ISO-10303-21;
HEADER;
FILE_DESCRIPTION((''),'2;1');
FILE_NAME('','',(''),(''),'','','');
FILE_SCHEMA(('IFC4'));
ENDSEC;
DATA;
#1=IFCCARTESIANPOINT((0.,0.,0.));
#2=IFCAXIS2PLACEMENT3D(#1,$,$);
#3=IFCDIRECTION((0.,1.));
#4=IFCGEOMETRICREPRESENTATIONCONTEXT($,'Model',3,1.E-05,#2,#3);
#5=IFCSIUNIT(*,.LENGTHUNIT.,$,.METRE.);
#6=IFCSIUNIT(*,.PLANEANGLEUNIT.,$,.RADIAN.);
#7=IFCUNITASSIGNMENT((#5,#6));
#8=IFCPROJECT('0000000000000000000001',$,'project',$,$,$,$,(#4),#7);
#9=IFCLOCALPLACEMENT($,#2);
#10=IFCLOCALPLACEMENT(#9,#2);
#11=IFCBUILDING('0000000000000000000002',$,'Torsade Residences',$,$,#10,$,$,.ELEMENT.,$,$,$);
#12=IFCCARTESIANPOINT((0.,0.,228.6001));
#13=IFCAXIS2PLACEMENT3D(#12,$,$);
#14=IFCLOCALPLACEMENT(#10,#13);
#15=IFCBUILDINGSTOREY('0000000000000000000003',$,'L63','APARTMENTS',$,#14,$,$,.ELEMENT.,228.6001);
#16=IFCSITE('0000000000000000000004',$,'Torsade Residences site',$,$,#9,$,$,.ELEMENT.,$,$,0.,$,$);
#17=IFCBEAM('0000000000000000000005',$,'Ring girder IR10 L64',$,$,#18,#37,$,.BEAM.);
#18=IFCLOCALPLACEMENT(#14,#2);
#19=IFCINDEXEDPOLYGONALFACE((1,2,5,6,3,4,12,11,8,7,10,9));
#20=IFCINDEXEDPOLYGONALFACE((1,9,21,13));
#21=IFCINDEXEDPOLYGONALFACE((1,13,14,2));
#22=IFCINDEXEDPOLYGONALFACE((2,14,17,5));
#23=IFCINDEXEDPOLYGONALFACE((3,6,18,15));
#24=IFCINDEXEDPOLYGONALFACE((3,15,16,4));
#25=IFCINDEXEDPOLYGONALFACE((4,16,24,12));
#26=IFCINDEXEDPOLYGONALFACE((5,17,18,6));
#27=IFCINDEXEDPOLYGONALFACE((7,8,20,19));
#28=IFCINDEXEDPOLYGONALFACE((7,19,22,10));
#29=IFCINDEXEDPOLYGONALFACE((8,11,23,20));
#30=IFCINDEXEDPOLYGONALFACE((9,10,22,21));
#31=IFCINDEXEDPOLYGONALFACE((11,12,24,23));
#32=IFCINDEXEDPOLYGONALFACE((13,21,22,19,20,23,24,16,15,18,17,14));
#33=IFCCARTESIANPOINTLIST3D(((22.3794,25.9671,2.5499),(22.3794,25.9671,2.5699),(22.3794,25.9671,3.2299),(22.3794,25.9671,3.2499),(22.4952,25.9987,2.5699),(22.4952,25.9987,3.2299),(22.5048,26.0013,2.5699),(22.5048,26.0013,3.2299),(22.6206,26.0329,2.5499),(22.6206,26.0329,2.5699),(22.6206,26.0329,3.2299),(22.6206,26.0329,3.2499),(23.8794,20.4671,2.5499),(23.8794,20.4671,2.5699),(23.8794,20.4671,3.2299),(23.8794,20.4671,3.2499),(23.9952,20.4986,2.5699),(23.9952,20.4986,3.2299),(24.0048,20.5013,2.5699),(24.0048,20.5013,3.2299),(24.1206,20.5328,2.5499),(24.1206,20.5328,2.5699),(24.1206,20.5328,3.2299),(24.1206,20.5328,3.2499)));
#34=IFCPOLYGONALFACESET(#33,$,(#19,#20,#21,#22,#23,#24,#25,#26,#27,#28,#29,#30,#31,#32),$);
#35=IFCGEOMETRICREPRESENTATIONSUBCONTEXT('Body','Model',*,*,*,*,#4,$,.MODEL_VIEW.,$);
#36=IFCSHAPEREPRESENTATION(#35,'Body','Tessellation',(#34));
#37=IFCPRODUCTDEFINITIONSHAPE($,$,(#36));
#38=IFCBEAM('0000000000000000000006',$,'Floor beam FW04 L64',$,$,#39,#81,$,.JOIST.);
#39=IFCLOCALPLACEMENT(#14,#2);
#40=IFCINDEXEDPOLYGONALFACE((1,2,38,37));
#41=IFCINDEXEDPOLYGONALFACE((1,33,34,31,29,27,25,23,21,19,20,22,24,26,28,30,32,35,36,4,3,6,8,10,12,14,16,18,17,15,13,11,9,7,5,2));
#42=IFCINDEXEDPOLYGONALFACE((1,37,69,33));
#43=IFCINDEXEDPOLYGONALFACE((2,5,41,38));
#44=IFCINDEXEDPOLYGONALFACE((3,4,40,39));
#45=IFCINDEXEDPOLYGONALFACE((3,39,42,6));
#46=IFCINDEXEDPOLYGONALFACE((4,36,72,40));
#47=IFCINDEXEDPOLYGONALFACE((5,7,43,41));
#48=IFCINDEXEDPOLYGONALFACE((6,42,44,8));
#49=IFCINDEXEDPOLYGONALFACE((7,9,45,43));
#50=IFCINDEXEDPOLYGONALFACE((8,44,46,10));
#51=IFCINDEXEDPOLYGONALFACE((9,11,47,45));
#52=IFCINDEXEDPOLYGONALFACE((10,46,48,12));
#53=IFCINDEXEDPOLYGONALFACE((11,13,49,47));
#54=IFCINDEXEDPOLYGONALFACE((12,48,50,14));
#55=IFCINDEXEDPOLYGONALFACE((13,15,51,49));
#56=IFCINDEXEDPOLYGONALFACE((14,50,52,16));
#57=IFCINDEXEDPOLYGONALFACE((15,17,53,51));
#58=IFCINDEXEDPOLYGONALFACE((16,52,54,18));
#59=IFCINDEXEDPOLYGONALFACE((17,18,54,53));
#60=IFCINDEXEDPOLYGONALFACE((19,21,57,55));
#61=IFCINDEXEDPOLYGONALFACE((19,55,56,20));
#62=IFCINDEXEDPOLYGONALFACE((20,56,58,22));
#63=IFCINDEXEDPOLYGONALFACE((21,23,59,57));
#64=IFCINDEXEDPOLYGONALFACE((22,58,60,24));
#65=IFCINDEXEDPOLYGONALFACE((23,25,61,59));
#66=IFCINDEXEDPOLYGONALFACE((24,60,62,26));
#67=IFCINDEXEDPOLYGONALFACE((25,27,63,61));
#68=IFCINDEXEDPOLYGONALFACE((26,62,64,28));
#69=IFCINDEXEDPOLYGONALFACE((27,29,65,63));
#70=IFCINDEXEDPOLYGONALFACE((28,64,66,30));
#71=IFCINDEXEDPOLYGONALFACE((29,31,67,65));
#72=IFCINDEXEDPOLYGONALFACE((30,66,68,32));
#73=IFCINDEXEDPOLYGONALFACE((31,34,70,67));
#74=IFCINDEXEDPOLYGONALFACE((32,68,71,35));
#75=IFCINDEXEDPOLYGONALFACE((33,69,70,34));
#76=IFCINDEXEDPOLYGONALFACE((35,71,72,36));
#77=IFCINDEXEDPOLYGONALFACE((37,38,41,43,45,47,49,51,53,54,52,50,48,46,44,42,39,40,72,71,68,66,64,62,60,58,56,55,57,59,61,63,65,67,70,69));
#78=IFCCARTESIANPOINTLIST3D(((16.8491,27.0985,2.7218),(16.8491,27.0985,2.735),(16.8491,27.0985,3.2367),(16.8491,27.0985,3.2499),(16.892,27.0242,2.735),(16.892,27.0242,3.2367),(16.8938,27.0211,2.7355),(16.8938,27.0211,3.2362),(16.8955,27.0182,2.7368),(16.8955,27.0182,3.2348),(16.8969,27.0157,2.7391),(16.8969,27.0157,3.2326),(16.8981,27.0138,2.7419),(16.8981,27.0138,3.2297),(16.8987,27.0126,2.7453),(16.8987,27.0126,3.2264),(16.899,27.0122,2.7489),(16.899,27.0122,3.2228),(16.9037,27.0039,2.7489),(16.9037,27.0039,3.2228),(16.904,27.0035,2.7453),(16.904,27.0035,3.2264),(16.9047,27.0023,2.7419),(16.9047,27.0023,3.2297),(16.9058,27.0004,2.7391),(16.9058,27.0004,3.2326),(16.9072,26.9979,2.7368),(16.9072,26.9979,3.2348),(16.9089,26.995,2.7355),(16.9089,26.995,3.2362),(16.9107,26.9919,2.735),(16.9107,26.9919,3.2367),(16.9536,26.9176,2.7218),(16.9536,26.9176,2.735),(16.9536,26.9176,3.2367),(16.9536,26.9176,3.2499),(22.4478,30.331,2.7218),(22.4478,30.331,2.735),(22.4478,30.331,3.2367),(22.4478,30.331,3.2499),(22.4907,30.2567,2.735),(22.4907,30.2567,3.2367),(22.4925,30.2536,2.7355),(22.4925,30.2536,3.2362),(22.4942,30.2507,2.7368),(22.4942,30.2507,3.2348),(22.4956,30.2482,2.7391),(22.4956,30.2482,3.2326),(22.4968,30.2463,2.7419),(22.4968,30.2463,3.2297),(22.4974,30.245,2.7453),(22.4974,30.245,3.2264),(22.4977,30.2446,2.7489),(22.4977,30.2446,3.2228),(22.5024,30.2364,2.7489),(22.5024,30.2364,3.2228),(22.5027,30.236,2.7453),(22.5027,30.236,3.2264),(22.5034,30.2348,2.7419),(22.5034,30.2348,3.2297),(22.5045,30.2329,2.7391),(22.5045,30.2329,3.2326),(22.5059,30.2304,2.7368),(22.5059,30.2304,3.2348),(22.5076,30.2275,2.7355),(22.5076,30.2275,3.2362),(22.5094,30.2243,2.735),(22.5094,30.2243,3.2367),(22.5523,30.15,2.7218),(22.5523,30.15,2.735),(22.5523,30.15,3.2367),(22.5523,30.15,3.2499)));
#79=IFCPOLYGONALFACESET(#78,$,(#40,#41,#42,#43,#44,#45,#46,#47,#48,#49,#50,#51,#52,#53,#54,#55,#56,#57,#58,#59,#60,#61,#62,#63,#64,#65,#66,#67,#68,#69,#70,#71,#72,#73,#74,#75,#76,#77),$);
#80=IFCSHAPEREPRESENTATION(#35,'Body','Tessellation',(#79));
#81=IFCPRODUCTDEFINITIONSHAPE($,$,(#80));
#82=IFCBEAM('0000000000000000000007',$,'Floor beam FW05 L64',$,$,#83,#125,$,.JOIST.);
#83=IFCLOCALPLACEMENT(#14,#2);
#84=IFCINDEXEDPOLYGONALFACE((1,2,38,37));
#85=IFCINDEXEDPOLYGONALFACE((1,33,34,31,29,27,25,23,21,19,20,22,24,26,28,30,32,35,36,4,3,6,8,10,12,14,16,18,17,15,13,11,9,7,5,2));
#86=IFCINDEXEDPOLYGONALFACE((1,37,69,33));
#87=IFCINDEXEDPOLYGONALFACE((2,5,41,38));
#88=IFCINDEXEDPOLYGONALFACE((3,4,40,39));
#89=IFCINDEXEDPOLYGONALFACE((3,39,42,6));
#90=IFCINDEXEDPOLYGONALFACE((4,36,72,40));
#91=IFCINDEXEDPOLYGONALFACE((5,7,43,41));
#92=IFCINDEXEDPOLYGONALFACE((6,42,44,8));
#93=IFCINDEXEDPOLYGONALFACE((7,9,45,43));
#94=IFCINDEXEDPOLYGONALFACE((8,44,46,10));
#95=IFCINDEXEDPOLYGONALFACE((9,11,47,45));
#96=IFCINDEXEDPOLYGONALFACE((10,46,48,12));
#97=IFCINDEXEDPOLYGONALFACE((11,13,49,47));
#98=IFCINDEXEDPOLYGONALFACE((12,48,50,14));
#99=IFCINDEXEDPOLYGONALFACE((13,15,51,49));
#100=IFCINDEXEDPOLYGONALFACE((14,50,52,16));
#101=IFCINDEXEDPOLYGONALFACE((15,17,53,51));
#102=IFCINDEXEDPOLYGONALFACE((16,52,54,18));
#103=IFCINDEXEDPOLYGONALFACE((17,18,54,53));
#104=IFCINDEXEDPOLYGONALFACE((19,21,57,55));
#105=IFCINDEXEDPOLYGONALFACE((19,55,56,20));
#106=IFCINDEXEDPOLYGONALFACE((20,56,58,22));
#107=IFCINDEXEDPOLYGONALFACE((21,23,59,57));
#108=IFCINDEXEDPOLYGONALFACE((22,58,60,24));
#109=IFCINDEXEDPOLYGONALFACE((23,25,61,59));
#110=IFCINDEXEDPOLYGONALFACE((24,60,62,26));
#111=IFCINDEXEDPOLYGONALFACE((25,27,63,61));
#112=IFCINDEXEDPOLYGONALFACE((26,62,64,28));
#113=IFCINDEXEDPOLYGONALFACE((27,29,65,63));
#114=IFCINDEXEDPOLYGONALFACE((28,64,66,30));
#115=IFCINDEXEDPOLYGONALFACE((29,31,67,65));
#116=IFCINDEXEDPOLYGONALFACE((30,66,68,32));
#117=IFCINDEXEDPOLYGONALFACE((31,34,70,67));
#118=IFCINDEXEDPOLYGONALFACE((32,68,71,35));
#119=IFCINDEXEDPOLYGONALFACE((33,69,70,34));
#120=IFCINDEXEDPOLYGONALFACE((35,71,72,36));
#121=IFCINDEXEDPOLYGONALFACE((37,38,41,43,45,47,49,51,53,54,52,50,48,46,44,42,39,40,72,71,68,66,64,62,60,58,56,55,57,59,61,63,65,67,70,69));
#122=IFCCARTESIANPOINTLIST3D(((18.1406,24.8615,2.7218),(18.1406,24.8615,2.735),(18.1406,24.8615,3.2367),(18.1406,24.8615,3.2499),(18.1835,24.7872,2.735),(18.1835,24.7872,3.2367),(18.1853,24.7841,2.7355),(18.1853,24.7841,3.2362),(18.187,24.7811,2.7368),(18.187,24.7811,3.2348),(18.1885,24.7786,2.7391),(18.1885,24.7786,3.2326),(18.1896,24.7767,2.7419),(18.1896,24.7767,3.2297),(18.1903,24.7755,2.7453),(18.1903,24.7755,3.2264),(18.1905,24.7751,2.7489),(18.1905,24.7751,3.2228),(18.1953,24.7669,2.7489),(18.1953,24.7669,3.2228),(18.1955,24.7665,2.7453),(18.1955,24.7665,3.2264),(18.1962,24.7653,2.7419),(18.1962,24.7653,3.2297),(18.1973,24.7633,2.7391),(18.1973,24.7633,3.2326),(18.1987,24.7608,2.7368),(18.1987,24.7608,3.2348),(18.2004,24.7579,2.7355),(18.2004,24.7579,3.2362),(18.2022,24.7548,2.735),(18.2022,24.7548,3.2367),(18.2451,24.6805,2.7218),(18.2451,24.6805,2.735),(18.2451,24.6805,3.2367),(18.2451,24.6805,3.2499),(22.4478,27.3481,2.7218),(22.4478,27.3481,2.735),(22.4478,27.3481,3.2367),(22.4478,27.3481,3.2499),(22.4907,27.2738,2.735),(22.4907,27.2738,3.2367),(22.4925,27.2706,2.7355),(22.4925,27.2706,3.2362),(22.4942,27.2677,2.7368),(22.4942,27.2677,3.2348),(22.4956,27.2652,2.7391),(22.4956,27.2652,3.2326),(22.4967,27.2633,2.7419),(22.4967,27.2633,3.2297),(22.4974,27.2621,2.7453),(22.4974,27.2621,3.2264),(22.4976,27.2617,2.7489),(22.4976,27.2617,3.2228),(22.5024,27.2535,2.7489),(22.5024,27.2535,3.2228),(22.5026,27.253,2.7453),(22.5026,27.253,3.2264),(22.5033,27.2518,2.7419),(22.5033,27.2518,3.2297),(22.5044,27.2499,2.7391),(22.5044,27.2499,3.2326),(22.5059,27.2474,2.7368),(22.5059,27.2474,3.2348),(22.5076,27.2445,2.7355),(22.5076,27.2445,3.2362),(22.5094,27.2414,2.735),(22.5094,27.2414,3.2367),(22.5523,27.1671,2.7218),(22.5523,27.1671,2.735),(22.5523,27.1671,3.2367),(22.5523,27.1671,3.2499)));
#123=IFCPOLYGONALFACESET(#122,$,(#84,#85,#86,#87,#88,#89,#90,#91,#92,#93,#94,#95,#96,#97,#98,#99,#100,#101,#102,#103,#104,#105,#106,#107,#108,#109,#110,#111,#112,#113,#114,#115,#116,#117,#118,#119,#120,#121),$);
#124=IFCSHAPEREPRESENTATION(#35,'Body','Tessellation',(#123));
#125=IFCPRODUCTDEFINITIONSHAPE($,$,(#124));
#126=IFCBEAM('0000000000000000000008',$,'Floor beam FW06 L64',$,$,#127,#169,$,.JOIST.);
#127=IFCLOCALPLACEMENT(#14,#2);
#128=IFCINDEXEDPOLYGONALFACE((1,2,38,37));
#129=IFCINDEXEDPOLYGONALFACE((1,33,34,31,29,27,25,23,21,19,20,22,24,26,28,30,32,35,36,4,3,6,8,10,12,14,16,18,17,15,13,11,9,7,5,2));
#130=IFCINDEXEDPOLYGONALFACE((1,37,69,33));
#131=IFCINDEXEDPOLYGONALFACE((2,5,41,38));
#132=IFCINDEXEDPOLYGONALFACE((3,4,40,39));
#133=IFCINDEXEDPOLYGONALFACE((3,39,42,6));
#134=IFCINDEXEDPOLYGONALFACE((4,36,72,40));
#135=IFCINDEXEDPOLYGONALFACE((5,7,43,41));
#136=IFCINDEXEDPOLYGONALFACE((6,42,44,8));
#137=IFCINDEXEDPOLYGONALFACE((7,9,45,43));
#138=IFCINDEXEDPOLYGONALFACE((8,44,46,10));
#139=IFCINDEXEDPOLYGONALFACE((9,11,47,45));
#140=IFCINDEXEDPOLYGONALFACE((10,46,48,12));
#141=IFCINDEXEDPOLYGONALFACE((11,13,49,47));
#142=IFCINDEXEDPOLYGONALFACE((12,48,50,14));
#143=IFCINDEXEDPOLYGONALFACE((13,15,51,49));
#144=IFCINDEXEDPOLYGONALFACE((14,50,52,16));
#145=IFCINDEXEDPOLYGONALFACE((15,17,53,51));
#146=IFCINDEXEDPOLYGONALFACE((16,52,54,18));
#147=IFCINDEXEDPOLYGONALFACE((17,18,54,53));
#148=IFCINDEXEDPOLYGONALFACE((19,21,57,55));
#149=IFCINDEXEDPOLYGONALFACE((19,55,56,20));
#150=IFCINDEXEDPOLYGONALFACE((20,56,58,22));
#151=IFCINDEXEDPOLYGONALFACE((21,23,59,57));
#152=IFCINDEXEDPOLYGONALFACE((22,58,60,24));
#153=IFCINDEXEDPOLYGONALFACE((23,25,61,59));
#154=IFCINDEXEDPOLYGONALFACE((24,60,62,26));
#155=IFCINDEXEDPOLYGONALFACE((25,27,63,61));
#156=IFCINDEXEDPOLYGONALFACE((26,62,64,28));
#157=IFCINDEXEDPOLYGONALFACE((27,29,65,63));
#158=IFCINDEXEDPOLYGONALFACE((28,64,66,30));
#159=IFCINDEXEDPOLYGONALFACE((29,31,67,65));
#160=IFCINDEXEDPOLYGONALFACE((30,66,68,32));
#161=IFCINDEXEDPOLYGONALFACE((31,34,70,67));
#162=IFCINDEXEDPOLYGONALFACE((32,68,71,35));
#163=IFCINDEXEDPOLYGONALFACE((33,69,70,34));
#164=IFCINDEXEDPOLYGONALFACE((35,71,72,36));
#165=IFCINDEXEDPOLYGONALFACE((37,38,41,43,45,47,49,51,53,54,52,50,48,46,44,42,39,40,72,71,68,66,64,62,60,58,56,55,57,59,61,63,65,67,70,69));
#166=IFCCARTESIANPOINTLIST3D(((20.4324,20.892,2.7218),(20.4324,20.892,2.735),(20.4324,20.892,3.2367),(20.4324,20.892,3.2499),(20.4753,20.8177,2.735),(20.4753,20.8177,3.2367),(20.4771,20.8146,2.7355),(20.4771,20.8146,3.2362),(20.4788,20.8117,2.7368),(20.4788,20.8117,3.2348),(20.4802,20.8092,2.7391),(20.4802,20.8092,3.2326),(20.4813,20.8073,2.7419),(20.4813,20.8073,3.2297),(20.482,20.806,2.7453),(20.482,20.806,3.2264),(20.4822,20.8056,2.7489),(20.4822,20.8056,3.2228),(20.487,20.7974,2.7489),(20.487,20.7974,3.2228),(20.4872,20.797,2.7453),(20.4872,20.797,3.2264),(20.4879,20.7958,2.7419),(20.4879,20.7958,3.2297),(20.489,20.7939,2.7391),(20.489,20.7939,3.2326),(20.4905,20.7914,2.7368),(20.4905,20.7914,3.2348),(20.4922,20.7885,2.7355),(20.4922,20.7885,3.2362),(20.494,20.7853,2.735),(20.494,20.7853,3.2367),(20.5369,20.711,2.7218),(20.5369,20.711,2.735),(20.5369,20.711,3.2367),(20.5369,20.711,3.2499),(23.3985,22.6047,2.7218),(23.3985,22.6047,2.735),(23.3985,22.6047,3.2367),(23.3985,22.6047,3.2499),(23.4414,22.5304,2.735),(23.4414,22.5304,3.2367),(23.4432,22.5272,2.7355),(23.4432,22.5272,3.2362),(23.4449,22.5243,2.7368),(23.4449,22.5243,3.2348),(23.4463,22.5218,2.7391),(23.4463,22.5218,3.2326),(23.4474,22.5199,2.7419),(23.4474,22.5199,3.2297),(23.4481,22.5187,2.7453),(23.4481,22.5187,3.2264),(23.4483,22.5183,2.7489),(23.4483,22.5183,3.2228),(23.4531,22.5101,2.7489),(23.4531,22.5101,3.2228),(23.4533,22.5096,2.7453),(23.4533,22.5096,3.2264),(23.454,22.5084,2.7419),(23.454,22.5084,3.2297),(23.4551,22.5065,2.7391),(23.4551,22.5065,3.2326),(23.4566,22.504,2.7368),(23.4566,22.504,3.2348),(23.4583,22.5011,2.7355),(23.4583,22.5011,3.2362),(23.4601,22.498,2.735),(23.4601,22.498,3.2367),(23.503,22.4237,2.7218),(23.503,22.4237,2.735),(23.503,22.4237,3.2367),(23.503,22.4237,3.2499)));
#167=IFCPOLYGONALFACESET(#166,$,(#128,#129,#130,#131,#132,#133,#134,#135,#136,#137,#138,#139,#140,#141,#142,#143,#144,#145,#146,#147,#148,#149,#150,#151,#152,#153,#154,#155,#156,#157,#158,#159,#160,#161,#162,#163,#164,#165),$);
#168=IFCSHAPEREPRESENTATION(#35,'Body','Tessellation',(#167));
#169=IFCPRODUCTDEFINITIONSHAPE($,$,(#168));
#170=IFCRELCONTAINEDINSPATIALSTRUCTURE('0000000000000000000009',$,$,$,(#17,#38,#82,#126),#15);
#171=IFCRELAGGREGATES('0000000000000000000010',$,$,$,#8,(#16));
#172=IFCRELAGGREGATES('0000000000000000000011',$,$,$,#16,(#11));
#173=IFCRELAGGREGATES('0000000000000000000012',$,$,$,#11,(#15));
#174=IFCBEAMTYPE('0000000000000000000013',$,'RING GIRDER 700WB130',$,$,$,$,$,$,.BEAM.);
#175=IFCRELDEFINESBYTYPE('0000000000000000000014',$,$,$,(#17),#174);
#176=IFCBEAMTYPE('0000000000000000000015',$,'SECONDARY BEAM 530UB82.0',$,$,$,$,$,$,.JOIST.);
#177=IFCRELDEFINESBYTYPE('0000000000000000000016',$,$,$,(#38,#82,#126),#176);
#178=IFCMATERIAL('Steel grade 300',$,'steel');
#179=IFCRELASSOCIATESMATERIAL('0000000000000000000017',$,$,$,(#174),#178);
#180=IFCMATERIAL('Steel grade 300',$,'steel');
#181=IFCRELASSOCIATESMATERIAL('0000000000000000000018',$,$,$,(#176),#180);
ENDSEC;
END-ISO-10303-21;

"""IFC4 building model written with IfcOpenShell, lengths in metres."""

from ifc_helpers import new_model, si_unit, direction, frame, origin, origin_2d, place, context, subcontext, project, spatial, i_section, extrude, material, material_profile, profile_set, type_object, element, save


model = new_model("IFC4")

# Units and contexts
model_context = context("Model", 3, precision=1e-05, world=origin(), true_north=direction((0.0, 1.0)))
body_context = subcontext(model_context, "Body", "Model", "MODEL_VIEW")
ifc_project = project(units=[si_unit("LENGTHUNIT", "METRE"), si_unit("PLANEANGLEUNIT", "RADIAN")], contexts=[model_context])

# Site, building, storey
site_placement = place(None, origin())
site = spatial("IfcSite", under=ifc_project, at=site_placement, Name="Torsade Residences site", CompositionType="ELEMENT", RefElevation=0.0)
building_placement = place(site_placement, origin())
building = spatial("IfcBuilding", under=site, at=building_placement, Name="Torsade Residences", CompositionType="ELEMENT")
storey_placement = place(building_placement, frame((0.0, 0.0, 228.6001)))
storey = spatial("IfcBuildingStorey", under=building, at=storey_placement, Name="L63", Description="APARTMENTS", CompositionType="ELEMENT", Elevation=228.6001)

# Beams
ifc_material_1 = material(Name="Steel grade 300", Category="steel")
ifc_material_profile_1 = material_profile(ifc_material_1, i_section(OverallWidth=0.25, OverallDepth=0.7, WebThickness=0.01, FlangeThickness=0.02, at=origin_2d()), Name="700WB130")
ifc_profile_set_1 = profile_set([ifc_material_profile_1], Name="Steel grade 300")
beam_type_1 = type_object("IfcBeamType", Name="RING GIRDER 700WB130", PredefinedType="BEAM", material=ifc_profile_set_1)
beam_1_placement = place(storey_placement, frame((22.5, 26.0, 2.8999), z_axis=(0.263117, -0.964764, 0.0), x_axis=(0.964764, 0.263117, 0.0)))
element("IfcBeam", 1, at=beam_1_placement, inside=storey, type_object=beam_type_1, Name="Ring girder IR10 L64", PredefinedType="BEAM", context=body_context, shape_type="SweptSolid", body=[
    extrude(i_section(OverallWidth=0.25, OverallDepth=0.7, WebThickness=0.01, FlangeThickness=0.02, at=origin_2d()), origin(), (0.0, 0.0, 1.0), 5.7009),
])
ifc_material_2 = material(Name="Steel grade 300", Category="steel")
ifc_material_profile_2 = material_profile(ifc_material_2, i_section(OverallWidth=0.209, OverallDepth=0.5281, WebThickness=0.0095, FlangeThickness=0.0132, FilletRadius=0.0139, at=origin_2d()), Name="530UB82.0")
ifc_profile_set_2 = profile_set([ifc_material_profile_2], Name="Steel grade 300")
beam_type_2 = type_object("IfcBeamType", Name="SECONDARY BEAM 530UB82.0", PredefinedType="JOIST", material=ifc_profile_set_2)
beam_2_placement = place(storey_placement, frame((16.9014, 27.0081, 2.9858), z_axis=(0.866022, 0.500006, 0.0), x_axis=(-0.500006, 0.866022, 0.0)))
element("IfcBeam", 2, at=beam_2_placement, inside=storey, type_object=beam_type_2, Name="Floor beam FW04 L64", PredefinedType="JOIST", context=body_context, shape_type="SweptSolid", body=[
    extrude(i_section(OverallWidth=0.209, OverallDepth=0.5281, WebThickness=0.0095, FlangeThickness=0.0132, FilletRadius=0.0139, at=origin_2d()), origin(), (0.0, 0.0, 1.0), 6.4648),
])
beam_3_placement = place(storey_placement, frame((18.1929, 24.771, 2.9858), z_axis=(0.866038, 0.499977, 0.0), x_axis=(-0.499977, 0.866038, 0.0)))
element("IfcBeam", 3, at=beam_3_placement, inside=storey, type_object=beam_type_2, Name="Floor beam FW05 L64", PredefinedType="JOIST", context=body_context, shape_type="SweptSolid", body=[
    extrude(i_section(OverallWidth=0.209, OverallDepth=0.5281, WebThickness=0.0095, FlangeThickness=0.0132, FilletRadius=0.0139, at=origin_2d()), origin(), (0.0, 0.0, 1.0), 4.9734),
])
beam_4_placement = place(storey_placement, frame((20.4846, 20.8015, 2.9858), z_axis=(0.866002, 0.500041, 0.0), x_axis=(-0.500041, 0.866002, 0.0)))
element("IfcBeam", 4, at=beam_4_placement, inside=storey, type_object=beam_type_2, Name="Floor beam FW06 L64", PredefinedType="JOIST", context=body_context, shape_type="SweptSolid", body=[
    extrude(i_section(OverallWidth=0.209, OverallDepth=0.5281, WebThickness=0.0095, FlangeThickness=0.0132, FilletRadius=0.0139, at=origin_2d()), origin(), (0.0, 0.0, 1.0), 3.425),
])

save(model, "model.ifc")
